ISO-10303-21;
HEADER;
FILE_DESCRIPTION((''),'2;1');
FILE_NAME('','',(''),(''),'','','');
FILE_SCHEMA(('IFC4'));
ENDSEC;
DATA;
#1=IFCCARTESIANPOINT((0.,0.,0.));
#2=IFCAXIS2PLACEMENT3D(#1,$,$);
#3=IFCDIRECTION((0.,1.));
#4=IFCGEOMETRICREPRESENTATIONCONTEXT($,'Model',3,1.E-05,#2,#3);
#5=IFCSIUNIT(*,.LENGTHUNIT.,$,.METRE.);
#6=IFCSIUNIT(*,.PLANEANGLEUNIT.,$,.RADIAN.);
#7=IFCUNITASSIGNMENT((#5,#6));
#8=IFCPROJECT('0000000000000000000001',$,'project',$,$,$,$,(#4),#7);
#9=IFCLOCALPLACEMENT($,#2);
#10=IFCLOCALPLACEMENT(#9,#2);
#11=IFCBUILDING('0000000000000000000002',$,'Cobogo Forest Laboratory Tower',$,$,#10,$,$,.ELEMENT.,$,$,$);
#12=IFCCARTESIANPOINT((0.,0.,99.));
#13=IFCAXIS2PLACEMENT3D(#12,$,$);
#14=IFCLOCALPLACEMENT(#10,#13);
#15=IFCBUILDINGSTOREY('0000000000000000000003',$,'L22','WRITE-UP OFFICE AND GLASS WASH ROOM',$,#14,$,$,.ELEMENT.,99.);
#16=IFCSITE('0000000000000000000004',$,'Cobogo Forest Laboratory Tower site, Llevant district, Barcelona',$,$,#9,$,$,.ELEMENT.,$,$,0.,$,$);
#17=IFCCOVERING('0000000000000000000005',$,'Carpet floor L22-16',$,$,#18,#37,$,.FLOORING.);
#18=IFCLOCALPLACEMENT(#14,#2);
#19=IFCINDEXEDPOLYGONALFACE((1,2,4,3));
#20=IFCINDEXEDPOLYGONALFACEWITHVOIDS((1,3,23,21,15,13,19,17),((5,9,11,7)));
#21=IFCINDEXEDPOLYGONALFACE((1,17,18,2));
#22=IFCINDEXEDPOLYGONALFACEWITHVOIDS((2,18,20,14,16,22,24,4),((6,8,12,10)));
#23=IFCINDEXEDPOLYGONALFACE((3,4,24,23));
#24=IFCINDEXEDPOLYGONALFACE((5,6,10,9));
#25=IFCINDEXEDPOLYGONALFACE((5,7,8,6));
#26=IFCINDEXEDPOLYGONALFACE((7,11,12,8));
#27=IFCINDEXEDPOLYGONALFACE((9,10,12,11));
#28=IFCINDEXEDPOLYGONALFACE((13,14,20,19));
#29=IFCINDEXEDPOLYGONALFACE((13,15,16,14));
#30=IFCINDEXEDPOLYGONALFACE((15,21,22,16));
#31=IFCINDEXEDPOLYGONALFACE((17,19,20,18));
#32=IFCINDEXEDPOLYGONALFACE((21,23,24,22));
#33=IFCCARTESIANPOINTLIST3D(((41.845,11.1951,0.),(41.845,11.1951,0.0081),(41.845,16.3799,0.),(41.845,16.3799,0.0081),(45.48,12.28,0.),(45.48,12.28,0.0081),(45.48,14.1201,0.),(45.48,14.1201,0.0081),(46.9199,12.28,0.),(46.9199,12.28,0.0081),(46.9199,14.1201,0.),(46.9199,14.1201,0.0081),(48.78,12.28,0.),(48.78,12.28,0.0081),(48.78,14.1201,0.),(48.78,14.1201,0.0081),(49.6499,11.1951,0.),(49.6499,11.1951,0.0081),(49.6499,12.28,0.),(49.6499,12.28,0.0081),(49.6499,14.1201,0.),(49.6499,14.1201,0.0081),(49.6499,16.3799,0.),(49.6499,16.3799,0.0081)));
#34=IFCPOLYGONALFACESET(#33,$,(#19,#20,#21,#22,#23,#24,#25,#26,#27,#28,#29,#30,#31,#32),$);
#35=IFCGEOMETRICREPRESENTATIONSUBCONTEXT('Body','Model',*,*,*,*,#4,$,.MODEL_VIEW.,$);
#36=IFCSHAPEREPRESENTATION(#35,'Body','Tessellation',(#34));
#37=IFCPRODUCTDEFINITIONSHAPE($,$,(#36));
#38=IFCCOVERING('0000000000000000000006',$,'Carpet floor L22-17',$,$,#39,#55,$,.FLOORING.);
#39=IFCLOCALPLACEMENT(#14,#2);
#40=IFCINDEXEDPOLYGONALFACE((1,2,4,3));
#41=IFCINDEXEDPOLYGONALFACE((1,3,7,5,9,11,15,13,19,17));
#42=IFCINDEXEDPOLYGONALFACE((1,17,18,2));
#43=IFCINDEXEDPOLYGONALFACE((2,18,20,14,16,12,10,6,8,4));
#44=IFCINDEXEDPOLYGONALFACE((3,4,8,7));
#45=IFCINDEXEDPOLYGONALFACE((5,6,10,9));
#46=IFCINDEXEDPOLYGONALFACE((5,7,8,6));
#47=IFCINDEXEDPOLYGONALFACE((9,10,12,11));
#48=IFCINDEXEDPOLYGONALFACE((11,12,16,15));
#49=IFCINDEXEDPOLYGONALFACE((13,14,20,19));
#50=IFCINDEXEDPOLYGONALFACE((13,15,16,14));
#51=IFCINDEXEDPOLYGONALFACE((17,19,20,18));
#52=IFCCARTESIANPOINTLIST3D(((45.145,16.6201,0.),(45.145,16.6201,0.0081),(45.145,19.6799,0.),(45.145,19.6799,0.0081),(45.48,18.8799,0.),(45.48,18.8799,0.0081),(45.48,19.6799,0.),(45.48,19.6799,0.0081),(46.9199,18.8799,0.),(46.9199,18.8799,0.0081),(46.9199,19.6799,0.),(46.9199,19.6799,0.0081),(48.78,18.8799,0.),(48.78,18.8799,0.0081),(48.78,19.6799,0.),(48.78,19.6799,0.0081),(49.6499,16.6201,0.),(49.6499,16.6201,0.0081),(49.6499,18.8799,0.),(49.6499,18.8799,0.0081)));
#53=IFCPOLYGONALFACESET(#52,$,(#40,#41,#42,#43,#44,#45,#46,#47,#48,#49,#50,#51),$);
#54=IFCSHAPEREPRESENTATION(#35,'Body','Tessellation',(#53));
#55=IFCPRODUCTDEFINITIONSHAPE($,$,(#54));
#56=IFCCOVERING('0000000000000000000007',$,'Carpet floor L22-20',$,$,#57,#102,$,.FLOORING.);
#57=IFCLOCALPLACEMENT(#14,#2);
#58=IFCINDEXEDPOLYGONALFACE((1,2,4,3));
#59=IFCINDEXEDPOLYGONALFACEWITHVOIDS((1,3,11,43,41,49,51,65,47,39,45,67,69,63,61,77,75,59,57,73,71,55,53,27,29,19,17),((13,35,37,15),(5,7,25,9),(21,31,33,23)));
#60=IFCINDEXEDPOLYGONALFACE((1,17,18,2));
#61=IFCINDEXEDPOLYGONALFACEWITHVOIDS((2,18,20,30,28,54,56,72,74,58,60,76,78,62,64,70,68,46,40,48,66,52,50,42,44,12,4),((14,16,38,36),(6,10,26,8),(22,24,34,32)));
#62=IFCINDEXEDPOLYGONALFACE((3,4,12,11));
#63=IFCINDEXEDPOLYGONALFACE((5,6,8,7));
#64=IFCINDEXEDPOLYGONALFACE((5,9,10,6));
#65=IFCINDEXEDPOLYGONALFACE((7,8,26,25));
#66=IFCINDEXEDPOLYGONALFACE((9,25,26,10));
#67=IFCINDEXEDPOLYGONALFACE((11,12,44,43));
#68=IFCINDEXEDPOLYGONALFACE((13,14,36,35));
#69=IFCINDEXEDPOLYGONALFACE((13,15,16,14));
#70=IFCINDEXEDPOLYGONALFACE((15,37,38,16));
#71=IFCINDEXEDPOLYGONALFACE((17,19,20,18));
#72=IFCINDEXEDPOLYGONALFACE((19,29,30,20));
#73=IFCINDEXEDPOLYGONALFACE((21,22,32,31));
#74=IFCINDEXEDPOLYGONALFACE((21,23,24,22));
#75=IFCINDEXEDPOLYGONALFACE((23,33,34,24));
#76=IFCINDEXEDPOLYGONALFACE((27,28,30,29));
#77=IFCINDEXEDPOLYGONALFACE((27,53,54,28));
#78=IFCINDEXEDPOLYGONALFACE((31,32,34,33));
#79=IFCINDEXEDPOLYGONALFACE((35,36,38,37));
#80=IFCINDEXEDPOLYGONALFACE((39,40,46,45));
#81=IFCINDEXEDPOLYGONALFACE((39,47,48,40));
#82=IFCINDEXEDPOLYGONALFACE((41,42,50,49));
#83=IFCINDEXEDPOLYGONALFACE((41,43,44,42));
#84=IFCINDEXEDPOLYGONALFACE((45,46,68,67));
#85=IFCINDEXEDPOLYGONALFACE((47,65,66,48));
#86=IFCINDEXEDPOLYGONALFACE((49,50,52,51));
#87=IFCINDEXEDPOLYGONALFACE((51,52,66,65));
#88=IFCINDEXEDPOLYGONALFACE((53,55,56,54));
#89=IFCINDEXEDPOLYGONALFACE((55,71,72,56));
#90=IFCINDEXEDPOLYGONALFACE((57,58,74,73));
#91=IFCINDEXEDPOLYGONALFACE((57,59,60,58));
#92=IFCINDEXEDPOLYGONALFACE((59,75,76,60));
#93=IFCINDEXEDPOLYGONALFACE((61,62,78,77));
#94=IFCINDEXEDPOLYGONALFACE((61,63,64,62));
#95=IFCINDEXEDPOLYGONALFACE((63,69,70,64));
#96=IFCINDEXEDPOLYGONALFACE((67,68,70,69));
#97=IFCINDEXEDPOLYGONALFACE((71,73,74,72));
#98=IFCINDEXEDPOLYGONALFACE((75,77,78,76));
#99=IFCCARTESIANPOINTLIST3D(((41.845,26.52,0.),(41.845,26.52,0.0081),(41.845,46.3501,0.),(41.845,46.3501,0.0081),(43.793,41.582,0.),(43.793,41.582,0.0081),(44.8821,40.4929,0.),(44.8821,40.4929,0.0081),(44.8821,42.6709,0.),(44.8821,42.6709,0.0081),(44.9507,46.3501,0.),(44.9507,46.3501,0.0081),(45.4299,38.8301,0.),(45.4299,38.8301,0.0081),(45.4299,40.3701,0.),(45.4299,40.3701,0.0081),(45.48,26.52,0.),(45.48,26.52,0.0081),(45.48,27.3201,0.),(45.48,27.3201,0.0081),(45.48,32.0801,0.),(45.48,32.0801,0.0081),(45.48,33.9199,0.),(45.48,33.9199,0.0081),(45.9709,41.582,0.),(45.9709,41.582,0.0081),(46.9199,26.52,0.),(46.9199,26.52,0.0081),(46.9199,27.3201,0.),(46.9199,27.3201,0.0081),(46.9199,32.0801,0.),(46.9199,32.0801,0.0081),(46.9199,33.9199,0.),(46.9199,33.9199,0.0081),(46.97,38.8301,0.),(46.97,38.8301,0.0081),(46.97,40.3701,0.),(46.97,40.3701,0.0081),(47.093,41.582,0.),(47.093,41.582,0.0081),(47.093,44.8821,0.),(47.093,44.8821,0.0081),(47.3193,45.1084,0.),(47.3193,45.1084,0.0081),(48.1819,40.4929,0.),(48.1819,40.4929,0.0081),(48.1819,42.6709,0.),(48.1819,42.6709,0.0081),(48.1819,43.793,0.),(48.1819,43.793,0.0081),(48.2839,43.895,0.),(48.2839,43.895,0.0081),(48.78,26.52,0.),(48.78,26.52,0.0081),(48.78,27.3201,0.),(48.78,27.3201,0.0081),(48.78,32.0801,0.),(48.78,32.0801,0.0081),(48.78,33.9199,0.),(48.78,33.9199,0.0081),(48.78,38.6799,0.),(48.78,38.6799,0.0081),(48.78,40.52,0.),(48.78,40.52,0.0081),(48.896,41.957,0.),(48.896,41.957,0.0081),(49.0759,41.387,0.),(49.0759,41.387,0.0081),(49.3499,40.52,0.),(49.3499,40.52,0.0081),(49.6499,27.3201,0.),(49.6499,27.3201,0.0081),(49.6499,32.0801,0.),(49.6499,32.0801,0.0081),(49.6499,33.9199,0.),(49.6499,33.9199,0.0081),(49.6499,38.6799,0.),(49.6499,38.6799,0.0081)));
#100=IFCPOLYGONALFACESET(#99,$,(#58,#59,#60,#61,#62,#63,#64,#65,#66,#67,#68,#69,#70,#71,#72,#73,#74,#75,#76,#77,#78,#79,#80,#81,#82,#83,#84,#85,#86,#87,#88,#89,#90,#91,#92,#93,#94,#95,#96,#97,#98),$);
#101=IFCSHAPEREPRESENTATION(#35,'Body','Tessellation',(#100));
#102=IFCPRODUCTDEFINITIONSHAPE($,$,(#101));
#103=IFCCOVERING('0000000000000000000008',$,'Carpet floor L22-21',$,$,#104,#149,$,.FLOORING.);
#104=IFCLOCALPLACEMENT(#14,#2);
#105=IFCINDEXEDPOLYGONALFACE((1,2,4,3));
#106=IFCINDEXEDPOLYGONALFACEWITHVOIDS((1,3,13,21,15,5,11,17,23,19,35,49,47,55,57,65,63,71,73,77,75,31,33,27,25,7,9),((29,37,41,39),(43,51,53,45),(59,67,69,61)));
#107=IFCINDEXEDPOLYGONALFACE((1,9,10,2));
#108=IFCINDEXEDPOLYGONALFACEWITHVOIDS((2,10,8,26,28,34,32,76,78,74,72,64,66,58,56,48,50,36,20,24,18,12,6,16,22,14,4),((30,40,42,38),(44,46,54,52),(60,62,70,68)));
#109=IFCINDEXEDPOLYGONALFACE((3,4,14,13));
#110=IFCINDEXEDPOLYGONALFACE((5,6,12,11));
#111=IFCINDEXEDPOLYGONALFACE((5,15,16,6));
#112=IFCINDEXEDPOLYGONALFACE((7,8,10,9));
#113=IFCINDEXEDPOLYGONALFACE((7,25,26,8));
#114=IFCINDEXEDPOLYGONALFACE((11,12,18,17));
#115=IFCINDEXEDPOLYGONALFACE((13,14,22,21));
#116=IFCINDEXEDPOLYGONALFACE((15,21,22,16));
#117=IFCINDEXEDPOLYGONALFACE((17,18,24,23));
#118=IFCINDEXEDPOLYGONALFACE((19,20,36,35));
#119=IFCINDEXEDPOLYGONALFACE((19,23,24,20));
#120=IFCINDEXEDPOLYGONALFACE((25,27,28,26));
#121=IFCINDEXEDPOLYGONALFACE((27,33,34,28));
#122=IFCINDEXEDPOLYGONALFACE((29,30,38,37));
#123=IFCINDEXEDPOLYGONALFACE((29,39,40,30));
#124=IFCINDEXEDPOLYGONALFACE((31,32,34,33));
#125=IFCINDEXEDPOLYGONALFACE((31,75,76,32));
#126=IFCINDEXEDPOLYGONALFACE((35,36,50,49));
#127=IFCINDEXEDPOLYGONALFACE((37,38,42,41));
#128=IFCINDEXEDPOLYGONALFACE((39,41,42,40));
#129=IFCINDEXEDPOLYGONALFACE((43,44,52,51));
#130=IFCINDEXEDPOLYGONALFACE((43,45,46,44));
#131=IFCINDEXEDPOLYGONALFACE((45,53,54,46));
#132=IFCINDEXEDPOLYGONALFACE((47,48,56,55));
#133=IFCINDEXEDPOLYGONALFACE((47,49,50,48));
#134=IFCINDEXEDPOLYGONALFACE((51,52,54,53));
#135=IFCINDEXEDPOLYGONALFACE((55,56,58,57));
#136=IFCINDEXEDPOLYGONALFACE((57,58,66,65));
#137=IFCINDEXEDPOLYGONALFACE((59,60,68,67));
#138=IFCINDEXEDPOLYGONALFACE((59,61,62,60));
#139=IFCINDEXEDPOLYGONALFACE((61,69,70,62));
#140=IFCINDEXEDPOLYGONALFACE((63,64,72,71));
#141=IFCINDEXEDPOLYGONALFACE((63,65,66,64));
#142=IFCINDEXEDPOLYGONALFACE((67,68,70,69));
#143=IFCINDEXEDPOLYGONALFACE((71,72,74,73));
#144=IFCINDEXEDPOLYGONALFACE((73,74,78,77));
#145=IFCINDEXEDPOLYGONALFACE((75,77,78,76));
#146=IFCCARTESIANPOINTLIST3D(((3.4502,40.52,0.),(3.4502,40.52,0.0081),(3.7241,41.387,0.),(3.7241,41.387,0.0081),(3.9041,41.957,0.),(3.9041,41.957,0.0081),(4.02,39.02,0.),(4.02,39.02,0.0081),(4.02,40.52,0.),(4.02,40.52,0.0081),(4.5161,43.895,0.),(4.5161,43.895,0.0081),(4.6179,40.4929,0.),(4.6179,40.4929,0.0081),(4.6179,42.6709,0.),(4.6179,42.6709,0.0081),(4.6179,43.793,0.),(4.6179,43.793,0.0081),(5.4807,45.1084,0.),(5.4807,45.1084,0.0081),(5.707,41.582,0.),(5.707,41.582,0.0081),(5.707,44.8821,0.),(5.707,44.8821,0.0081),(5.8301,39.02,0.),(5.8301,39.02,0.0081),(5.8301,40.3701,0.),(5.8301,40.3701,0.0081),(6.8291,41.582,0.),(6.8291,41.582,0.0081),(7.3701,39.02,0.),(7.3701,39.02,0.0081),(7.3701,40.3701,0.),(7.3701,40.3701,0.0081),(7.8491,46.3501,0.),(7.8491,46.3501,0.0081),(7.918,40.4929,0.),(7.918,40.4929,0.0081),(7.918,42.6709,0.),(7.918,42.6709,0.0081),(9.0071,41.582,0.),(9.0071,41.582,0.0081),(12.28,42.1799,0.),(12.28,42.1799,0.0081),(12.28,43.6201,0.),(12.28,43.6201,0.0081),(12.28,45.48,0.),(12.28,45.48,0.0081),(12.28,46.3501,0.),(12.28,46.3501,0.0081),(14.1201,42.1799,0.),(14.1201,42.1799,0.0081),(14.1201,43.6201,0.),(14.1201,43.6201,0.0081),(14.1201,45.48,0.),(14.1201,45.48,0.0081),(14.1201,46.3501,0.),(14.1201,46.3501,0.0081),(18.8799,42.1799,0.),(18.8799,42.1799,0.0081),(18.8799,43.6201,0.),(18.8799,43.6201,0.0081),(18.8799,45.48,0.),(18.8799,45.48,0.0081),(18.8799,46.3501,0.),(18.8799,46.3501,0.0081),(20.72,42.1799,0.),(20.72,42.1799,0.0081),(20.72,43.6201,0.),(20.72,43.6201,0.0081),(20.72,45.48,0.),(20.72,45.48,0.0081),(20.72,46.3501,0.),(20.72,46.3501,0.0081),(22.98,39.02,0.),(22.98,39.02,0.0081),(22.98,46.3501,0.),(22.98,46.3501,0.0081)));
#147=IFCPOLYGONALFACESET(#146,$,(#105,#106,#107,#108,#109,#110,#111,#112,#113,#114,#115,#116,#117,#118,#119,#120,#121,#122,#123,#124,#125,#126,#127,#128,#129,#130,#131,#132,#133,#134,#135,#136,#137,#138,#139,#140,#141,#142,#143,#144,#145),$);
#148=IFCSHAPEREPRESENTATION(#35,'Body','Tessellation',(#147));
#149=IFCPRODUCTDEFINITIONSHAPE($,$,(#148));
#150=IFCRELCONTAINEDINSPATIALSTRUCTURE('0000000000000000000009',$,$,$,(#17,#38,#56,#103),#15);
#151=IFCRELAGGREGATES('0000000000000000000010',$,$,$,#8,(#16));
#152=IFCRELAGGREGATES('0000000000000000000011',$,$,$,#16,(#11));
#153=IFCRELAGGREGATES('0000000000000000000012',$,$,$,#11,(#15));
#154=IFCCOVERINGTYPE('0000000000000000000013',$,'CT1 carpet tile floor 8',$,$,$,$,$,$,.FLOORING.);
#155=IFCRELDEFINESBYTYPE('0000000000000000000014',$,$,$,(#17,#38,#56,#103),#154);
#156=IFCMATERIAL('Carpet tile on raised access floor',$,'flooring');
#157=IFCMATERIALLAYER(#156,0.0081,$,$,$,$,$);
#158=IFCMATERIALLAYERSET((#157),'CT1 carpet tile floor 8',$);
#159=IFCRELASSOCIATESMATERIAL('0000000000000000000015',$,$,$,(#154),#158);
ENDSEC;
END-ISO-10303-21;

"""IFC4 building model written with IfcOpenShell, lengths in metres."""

from ifc_helpers import new_model, si_unit, direction, frame, origin, place, context, subcontext, project, spatial, polyline, outline, extrude, material, layer, layer_set, type_object, element, save


model = new_model("IFC4")

# Units and contexts
model_context = context("Model", 3, precision=1e-05, world=origin(), true_north=direction((0.0, 1.0)))
body_context = subcontext(model_context, "Body", "Model", "MODEL_VIEW")
ifc_project = project(units=[si_unit("LENGTHUNIT", "METRE"), si_unit("PLANEANGLEUNIT", "RADIAN")], contexts=[model_context])

# Site, building, storey
site_placement = place(None, origin())
site = spatial("IfcSite", under=ifc_project, at=site_placement, Name="Cobogo Forest Laboratory Tower site, Llevant district, Barcelona", CompositionType="ELEMENT", RefElevation=0.0)
building_placement = place(site_placement, origin())
building = spatial("IfcBuilding", under=site, at=building_placement, Name="Cobogo Forest Laboratory Tower", CompositionType="ELEMENT")
storey_placement = place(building_placement, frame((0.0, 0.0, 99.0)))
storey = spatial("IfcBuildingStorey", under=building, at=storey_placement, Name="L22", Description="WRITE-UP OFFICE AND GLASS WASH ROOM", CompositionType="ELEMENT", Elevation=99.0)

# Coverings
ifc_material_1 = material(Name="Carpet tile on raised access floor", Category="flooring")
ifc_layer_1 = layer(ifc_material_1, 0.0081)
ifc_layer_set_1 = layer_set([ifc_layer_1], Name="CT1 carpet tile floor 8")
covering_type_1 = type_object("IfcCoveringType", Name="CT1 carpet tile floor 8", PredefinedType="FLOORING", material=ifc_layer_set_1)
covering_1_placement = place(storey_placement, origin())
element("IfcCovering", 1, at=covering_1_placement, inside=storey, type_object=covering_type_1, Name="Carpet floor L22-16", PredefinedType="FLOORING", context=body_context, shape_type="SweptSolid", body=[
    extrude(outline(polyline([(41.845, 16.3799), (49.6499, 16.3799), (49.6499, 14.1201), (48.78, 14.1201), (48.78, 12.28), (49.6499, 12.28), (49.6499, 11.1951), (41.845, 11.1951), (41.845, 16.3799)]), holes=[polyline([(45.48, 12.28), (46.9199, 12.28), (46.9199, 14.1201), (45.48, 14.1201), (45.48, 12.28)])]), origin(), (0.0, 0.0, 1.0), 0.0081),
])
covering_2_placement = place(storey_placement, origin())
element("IfcCovering", 2, at=covering_2_placement, inside=storey, type_object=covering_type_1, Name="Carpet floor L22-17", PredefinedType="FLOORING", context=body_context, shape_type="SweptSolid", body=[
    extrude(outline(polyline([(45.145, 19.6799), (45.48, 19.6799), (45.48, 18.8799), (46.9199, 18.8799), (46.9199, 19.6799), (48.78, 19.6799), (48.78, 18.8799), (49.6499, 18.8799), (49.6499, 16.6201), (45.145, 16.6201), (45.145, 19.6799)])), origin(), (0.0, 0.0, 1.0), 0.0081),
])
covering_3_placement = place(storey_placement, origin())
element("IfcCovering", 3, at=covering_3_placement, inside=storey, type_object=covering_type_1, Name="Carpet floor L22-20", PredefinedType="FLOORING", context=body_context, shape_type="SweptSolid", body=[
    extrude(outline(polyline([(41.845, 46.3501), (44.9507, 46.3501), (47.3193, 45.1084), (47.093, 44.8821), (48.1819, 43.793), (48.2839, 43.895), (48.896, 41.957), (48.1819, 42.6709), (47.093, 41.582), (48.1819, 40.4929), (49.0759, 41.387), (49.3499, 40.52), (48.78, 40.52), (48.78, 38.6799), (49.6499, 38.6799), (49.6499, 33.9199), (48.78, 33.9199), (48.78, 32.0801), (49.6499, 32.0801), (49.6499, 27.3201), (48.78, 27.3201), (48.78, 26.52), (46.9199, 26.52), (46.9199, 27.3201), (45.48, 27.3201), (45.48, 26.52), (41.845, 26.52), (41.845, 46.3501)]), holes=[polyline([(45.4299, 40.3701), (45.4299, 38.8301), (46.97, 38.8301), (46.97, 40.3701), (45.4299, 40.3701)]), polyline([(46.9199, 32.0801), (46.9199, 33.9199), (45.48, 33.9199), (45.48, 32.0801), (46.9199, 32.0801)]), polyline([(43.793, 41.582), (44.8821, 40.4929), (45.9709, 41.582), (44.8821, 42.6709), (43.793, 41.582)])]), origin(), (0.0, 0.0, 1.0), 0.0081),
])
covering_4_placement = place(storey_placement, origin())
element("IfcCovering", 4, at=covering_4_placement, inside=storey, type_object=covering_type_1, Name="Carpet floor L22-21", PredefinedType="FLOORING", context=body_context, shape_type="SweptSolid", body=[
    extrude(outline(polyline([(3.7241, 41.387), (4.6179, 40.4929), (5.707, 41.582), (4.6179, 42.6709), (3.9041, 41.957), (4.5161, 43.895), (4.6179, 43.793), (5.707, 44.8821), (5.4807, 45.1084), (7.8491, 46.3501), (12.28, 46.3501), (12.28, 45.48), (14.1201, 45.48), (14.1201, 46.3501), (18.8799, 46.3501), (18.8799, 45.48), (20.72, 45.48), (20.72, 46.3501), (22.98, 46.3501), (22.98, 39.02), (7.3701, 39.02), (7.3701, 40.3701), (5.8301, 40.3701), (5.8301, 39.02), (4.02, 39.02), (4.02, 40.52), (3.4502, 40.52), (3.7241, 41.387)]), holes=[polyline([(18.8799, 42.1799), (20.72, 42.1799), (20.72, 43.6201), (18.8799, 43.6201), (18.8799, 42.1799)]), polyline([(12.28, 43.6201), (12.28, 42.1799), (14.1201, 42.1799), (14.1201, 43.6201), (12.28, 43.6201)]), polyline([(6.8291, 41.582), (7.918, 40.4929), (9.0071, 41.582), (7.918, 42.6709), (6.8291, 41.582)])]), origin(), (0.0, 0.0, 1.0), 0.0081),
])

save(model, "model.ifc")
